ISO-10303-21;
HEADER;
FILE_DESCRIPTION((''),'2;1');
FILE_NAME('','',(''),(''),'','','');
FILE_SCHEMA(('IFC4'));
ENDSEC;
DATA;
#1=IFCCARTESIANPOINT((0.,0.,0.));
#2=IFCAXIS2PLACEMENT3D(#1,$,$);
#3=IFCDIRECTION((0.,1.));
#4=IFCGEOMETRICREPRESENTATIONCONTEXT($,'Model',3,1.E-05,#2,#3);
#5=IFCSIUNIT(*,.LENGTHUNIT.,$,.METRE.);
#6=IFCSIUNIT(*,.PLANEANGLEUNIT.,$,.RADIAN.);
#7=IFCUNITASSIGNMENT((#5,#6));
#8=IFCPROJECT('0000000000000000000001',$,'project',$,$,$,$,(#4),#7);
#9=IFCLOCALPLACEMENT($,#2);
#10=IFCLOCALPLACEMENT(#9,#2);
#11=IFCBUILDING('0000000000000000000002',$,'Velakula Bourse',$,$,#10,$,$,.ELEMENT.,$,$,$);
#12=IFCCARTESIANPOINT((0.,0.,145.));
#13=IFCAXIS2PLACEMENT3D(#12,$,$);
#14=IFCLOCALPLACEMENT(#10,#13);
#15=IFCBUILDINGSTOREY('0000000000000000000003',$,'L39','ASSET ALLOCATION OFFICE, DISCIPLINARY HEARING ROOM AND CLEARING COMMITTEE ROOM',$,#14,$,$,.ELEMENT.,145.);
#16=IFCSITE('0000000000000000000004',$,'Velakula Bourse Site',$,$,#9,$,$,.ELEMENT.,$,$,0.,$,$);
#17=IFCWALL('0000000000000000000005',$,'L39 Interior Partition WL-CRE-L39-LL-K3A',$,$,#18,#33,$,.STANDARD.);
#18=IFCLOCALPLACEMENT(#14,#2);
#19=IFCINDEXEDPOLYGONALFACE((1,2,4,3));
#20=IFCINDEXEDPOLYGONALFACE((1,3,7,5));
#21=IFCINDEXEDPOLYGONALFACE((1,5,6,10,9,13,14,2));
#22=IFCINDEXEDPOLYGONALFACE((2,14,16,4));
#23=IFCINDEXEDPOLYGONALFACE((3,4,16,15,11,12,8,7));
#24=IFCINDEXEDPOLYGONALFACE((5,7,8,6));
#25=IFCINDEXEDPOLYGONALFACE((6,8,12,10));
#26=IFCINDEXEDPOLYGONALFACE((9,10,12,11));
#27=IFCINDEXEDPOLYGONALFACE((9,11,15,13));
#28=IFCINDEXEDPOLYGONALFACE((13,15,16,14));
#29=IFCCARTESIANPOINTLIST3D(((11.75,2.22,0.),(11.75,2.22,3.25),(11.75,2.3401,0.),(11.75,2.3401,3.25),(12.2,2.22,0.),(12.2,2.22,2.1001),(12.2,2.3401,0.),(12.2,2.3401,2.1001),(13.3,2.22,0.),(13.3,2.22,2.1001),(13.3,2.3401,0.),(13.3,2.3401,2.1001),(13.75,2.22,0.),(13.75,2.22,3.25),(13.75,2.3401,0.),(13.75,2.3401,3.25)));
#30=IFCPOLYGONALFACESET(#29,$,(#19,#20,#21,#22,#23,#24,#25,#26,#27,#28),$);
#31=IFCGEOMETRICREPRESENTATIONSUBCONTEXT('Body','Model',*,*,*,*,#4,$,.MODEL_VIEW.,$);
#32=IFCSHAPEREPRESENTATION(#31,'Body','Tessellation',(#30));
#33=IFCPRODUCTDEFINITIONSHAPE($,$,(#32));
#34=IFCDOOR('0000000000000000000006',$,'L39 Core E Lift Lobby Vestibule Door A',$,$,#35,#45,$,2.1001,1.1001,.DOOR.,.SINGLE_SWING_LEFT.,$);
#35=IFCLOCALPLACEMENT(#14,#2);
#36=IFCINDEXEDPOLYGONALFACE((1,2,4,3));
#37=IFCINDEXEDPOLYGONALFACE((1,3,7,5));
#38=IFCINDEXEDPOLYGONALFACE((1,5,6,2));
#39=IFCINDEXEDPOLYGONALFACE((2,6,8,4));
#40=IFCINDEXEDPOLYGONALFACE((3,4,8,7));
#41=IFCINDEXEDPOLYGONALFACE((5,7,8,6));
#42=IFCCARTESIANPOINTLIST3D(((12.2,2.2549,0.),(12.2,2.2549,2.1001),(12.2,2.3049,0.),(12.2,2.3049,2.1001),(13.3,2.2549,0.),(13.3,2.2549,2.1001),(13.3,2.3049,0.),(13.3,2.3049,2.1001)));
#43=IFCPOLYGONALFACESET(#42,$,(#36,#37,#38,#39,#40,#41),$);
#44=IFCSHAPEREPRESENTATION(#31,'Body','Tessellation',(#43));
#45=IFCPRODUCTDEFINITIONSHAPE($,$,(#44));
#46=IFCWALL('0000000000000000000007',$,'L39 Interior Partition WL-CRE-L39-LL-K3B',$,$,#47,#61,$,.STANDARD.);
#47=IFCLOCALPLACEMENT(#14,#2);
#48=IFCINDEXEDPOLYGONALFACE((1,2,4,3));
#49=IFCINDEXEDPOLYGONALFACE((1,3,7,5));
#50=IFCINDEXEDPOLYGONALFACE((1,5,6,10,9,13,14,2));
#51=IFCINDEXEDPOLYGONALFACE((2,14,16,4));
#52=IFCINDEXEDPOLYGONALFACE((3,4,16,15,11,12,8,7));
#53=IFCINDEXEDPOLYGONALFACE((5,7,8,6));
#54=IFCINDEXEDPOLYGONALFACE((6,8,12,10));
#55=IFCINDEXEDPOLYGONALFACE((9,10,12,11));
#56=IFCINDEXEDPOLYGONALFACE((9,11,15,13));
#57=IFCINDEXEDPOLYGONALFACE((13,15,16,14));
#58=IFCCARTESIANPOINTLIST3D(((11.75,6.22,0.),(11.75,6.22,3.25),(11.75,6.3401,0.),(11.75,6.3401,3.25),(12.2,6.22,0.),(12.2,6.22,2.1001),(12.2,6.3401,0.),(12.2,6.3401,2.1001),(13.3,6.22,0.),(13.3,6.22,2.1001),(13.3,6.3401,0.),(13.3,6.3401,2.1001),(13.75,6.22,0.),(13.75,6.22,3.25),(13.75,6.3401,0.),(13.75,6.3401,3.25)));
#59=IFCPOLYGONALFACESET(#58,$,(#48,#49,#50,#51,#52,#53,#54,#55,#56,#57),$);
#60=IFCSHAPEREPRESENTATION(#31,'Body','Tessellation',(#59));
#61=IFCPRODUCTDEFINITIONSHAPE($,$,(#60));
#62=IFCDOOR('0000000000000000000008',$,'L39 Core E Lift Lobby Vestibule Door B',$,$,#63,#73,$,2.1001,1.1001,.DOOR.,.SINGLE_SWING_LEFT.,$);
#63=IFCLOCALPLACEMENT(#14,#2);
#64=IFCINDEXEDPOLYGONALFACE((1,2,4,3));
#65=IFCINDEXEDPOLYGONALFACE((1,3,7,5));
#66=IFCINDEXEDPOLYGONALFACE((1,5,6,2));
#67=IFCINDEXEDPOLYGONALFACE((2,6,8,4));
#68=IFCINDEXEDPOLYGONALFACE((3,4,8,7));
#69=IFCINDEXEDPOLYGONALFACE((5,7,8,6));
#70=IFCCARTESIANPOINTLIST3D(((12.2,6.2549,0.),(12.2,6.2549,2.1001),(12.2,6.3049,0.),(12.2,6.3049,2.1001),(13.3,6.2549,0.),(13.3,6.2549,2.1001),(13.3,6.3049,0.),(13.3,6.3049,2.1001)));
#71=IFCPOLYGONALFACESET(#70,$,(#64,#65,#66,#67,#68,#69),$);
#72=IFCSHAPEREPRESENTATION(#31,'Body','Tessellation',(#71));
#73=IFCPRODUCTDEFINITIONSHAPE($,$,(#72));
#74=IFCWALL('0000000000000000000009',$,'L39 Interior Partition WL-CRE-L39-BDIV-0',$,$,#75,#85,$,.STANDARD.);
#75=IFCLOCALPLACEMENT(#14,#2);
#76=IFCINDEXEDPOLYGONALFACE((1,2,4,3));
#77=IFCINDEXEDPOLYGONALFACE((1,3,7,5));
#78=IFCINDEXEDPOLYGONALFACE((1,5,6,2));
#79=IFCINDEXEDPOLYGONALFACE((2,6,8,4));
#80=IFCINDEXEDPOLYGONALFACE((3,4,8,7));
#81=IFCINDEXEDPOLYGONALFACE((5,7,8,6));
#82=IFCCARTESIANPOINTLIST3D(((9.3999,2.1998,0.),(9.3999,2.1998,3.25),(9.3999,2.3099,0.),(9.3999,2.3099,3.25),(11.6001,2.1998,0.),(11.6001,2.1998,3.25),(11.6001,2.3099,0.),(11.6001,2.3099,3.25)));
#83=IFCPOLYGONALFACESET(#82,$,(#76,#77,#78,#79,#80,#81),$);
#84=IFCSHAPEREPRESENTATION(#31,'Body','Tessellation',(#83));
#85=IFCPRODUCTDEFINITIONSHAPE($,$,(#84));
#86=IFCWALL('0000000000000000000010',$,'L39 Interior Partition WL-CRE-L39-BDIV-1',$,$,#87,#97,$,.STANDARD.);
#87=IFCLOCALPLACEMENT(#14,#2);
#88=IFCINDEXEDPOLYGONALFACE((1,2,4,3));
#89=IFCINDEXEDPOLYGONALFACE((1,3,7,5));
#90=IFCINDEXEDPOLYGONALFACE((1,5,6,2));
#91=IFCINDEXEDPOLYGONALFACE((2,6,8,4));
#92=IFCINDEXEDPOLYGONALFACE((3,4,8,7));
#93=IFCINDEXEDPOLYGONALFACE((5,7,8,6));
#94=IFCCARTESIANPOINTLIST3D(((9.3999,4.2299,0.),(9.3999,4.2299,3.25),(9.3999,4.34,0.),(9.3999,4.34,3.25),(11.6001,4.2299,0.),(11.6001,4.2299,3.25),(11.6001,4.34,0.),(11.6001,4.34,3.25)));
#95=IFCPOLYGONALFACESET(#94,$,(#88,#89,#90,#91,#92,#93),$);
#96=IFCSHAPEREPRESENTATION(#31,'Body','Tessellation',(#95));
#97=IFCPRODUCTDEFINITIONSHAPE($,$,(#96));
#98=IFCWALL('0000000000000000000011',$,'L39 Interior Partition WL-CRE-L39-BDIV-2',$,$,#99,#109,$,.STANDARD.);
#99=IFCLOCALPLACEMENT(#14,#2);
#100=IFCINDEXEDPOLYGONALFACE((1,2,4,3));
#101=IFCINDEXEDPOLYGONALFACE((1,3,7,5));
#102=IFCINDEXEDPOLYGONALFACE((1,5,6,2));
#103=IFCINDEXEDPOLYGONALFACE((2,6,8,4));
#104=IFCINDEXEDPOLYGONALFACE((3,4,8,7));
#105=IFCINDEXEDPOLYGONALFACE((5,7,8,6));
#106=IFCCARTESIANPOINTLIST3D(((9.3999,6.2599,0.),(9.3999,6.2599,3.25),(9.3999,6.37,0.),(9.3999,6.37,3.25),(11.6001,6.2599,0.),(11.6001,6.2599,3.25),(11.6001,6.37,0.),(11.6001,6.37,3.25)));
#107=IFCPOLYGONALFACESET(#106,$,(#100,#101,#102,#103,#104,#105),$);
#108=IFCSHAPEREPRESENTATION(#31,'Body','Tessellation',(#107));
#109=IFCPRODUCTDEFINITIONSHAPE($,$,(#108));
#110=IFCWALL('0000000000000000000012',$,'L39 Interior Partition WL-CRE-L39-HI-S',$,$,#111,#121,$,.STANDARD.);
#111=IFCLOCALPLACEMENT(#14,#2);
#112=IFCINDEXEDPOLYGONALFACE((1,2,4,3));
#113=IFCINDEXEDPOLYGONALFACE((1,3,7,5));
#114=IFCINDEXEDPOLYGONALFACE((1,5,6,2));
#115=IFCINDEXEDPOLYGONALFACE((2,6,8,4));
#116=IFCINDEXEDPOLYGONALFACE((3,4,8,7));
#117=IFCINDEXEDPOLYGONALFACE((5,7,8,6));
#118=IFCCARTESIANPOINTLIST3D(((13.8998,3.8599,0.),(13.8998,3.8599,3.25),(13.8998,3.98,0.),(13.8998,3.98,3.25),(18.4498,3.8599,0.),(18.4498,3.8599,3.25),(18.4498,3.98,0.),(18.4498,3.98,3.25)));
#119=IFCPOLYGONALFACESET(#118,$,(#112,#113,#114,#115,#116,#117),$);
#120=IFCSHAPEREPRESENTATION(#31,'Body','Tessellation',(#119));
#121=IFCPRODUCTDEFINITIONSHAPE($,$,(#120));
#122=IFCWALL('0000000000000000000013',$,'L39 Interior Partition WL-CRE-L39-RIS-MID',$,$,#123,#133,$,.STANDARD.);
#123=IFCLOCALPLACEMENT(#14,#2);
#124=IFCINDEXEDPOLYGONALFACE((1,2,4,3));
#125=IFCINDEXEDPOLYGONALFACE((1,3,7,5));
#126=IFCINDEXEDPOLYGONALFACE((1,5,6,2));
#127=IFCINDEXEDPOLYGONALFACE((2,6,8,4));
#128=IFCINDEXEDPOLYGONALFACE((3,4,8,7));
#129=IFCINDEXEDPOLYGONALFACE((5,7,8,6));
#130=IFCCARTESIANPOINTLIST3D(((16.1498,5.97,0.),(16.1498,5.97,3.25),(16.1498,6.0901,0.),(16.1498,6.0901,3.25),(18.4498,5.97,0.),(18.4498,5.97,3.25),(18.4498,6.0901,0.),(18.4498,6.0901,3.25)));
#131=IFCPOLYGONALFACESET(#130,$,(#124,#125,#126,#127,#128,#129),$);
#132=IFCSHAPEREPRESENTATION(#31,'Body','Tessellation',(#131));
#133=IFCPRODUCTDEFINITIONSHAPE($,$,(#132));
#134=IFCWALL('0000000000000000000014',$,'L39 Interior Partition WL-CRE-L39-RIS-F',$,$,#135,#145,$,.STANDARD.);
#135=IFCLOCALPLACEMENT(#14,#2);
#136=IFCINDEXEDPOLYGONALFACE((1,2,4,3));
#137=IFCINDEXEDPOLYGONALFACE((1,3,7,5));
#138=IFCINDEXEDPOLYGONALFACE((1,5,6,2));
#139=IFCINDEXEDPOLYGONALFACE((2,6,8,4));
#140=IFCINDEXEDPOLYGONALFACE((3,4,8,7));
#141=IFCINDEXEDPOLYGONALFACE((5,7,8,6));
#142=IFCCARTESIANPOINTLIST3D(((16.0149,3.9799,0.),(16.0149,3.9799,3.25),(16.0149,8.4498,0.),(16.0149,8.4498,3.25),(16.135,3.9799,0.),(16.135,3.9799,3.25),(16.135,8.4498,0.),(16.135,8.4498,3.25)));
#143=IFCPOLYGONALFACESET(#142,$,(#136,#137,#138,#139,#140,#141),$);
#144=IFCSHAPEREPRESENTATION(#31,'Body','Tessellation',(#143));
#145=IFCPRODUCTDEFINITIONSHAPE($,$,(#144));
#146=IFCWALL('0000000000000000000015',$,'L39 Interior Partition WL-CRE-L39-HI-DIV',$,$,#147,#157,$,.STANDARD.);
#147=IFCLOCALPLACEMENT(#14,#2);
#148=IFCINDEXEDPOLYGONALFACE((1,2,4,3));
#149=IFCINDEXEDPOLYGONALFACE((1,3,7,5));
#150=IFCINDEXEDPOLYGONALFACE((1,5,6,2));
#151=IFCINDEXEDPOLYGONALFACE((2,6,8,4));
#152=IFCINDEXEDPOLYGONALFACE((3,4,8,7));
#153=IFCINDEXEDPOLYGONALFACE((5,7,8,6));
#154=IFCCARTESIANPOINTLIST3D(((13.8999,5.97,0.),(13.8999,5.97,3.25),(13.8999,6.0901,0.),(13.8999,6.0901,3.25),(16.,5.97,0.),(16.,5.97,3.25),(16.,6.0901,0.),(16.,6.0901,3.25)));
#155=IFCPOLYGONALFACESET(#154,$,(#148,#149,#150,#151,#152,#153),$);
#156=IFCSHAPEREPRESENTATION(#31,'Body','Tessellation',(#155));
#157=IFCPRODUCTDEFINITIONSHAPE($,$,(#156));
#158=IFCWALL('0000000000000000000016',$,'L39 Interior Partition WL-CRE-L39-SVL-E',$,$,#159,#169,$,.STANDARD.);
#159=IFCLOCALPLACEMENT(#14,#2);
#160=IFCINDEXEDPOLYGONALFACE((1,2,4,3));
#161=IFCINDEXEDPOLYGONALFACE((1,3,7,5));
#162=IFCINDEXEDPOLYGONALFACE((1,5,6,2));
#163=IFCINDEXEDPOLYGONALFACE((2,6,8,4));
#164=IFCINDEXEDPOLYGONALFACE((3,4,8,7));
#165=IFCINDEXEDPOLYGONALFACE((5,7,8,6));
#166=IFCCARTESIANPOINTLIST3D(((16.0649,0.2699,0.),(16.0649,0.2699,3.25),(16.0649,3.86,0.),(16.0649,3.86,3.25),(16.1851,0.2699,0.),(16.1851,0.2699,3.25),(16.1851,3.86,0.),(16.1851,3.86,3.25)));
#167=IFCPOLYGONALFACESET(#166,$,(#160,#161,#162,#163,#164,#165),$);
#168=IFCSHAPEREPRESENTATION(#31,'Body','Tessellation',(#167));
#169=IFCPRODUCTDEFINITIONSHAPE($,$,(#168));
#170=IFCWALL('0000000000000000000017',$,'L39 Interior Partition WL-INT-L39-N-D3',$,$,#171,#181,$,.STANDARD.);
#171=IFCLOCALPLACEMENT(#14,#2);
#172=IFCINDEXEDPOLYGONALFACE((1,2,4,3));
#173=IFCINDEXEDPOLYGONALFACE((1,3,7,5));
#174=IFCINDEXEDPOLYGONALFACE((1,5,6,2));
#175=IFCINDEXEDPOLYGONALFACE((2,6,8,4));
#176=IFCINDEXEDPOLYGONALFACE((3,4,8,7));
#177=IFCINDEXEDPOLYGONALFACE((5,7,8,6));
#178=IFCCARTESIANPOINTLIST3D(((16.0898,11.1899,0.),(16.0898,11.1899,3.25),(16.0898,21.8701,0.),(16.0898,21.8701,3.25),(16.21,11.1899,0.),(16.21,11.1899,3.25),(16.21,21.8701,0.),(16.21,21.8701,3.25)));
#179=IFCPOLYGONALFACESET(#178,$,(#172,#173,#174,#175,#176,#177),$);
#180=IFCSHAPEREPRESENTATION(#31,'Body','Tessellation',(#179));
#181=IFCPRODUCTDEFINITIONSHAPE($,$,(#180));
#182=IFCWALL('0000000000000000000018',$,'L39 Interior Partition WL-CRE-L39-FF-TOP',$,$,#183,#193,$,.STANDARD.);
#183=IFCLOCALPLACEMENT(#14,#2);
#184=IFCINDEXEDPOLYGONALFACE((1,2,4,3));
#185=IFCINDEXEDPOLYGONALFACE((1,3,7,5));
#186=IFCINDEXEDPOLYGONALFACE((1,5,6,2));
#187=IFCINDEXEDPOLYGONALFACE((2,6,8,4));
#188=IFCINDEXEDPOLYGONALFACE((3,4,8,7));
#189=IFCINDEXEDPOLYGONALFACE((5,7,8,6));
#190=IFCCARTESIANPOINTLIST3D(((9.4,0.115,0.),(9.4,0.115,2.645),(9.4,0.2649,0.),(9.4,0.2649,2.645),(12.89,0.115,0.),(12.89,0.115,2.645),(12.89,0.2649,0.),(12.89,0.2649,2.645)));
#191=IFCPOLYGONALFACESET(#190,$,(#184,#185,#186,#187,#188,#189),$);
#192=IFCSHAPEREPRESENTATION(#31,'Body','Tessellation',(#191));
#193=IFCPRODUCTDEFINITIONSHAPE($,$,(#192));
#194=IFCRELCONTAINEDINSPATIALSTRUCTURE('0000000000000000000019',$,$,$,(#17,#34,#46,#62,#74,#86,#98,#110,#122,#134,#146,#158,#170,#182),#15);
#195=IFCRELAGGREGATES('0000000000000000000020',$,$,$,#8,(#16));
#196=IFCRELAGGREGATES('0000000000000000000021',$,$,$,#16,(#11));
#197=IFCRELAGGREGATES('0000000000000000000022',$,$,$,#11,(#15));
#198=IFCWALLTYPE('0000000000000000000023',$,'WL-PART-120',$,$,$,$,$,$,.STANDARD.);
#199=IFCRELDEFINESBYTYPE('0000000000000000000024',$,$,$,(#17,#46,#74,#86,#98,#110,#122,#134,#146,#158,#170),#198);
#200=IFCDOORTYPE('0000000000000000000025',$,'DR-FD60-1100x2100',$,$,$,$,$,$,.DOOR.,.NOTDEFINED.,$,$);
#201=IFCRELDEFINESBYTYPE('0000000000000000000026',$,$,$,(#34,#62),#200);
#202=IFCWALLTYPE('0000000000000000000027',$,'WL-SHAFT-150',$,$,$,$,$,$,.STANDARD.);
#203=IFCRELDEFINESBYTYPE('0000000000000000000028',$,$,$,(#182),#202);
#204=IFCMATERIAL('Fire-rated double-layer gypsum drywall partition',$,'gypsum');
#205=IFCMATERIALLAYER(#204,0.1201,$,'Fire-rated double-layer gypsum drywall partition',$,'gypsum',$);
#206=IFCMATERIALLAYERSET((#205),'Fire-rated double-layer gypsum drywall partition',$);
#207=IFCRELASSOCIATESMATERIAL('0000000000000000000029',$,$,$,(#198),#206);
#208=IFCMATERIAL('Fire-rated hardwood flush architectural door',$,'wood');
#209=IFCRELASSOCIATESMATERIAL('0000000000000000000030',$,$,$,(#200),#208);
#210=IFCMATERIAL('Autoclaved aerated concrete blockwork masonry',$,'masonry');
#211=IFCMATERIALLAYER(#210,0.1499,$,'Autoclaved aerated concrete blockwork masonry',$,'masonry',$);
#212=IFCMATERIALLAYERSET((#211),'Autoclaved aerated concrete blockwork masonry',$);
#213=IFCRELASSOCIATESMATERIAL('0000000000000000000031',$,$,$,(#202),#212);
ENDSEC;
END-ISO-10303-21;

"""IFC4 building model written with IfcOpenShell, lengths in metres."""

from ifc_helpers import new_model, si_unit, direction, frame, frame_2d, origin, place, context, subcontext, project, spatial, rectangle, extrude, material, layer, layer_set, type_object, element, fill, save


model = new_model("IFC4")

# Units and contexts
model_context = context("Model", 3, precision=1e-05, world=origin(), true_north=direction((0.0, 1.0)))
body_context = subcontext(model_context, "Body", "Model", "MODEL_VIEW")
ifc_project = project(units=[si_unit("LENGTHUNIT", "METRE"), si_unit("PLANEANGLEUNIT", "RADIAN")], contexts=[model_context])

# Site, building, storey
site_placement = place(None, origin())
site = spatial("IfcSite", under=ifc_project, at=site_placement, Name="Velakula Bourse Site", CompositionType="ELEMENT", RefElevation=0.0)
building_placement = place(site_placement, origin())
building = spatial("IfcBuilding", under=site, at=building_placement, Name="Velakula Bourse", CompositionType="ELEMENT")
storey_placement = place(building_placement, frame((0.0, 0.0, 145.0)))
storey = spatial("IfcBuildingStorey", under=building, at=storey_placement, Name="L39", Description="ASSET ALLOCATION OFFICE, DISCIPLINARY HEARING ROOM AND CLEARING COMMITTEE ROOM", CompositionType="ELEMENT", Elevation=145.0)

# Walls, openings, doors
ifc_material_1 = material(Name="Fire-rated double-layer gypsum drywall partition", Category="gypsum")
ifc_layer_1 = layer(ifc_material_1, 0.1201, Name="Fire-rated double-layer gypsum drywall partition", Category="gypsum")
ifc_layer_set_1 = layer_set([ifc_layer_1], Name="Fire-rated double-layer gypsum drywall partition")
wall_type_1 = type_object("IfcWallType", Name="WL-PART-120", PredefinedType="STANDARD", material=ifc_layer_set_1)
wall_1_placement = place(storey_placement, frame((11.75, 2.28, 0.0), z_axis=(0.0, 0.0, 1.0), x_axis=(1.0, 0.0, 0.0)))
wall_1 = element("IfcWall", 1, at=wall_1_placement, inside=storey, type_object=wall_type_1, Name="L39 Interior Partition WL-CRE-L39-LL-K3A", PredefinedType="STANDARD", context=body_context, shape_type="SweptSolid", body=[
    extrude(rectangle(XDim=2.0, YDim=0.1201, at=frame_2d((1.0, 0.0))), origin(), (0.0, 0.0, 1.0), 3.25),
])
opening_1_placement = place(wall_1_placement, frame((0.45, 0.0, 0.0)))
opening_1 = element("IfcOpeningElement", 2, at=opening_1_placement, cuts=wall_1, PredefinedType="OPENING", context=body_context, shape_type="SweptSolid", body=[
    extrude(rectangle(XDim=1.1001, YDim=2.1001, at=frame_2d((0.55, 1.05))), frame((0.0, 0.0701, 0.0), z_axis=(0.0, -1.0, 0.0), x_axis=(1.0, 0.0, 0.0)), (0.0, 0.0, 1.0), 0.1401),
])
ifc_material_2 = material(Name="Fire-rated hardwood flush architectural door", Category="wood")
door_type_1 = type_object("IfcDoorType", Name="DR-FD60-1100x2100", OperationType="NOTDEFINED", PredefinedType="DOOR", material=ifc_material_2)
door_1_placement = place(opening_1_placement, origin())
door_1 = element("IfcDoor", 3, at=door_1_placement, inside=storey, type_object=door_type_1, Name="L39 Core E Lift Lobby Vestibule Door A", OperationType="SINGLE_SWING_LEFT", OverallHeight=2.1001, OverallWidth=1.1001, PredefinedType="DOOR", context=body_context, shape_type="SweptSolid", body=[
    extrude(rectangle(XDim=1.1001, YDim=2.1001, at=frame_2d((0.55, 1.05))), frame((0.0, 0.0249, 0.0), z_axis=(0.0, -1.0, 0.0), x_axis=(1.0, 0.0, 0.0)), (0.0, 0.0, 1.0), 0.05),
])
fill(opening_1, door_1)
wall_2_placement = place(storey_placement, frame((11.75, 6.28, 0.0), z_axis=(0.0, 0.0, 1.0), x_axis=(1.0, 0.0, 0.0)))
wall_2 = element("IfcWall", 4, at=wall_2_placement, inside=storey, type_object=wall_type_1, Name="L39 Interior Partition WL-CRE-L39-LL-K3B", PredefinedType="STANDARD", context=body_context, shape_type="SweptSolid", body=[
    extrude(rectangle(XDim=2.0, YDim=0.1201, at=frame_2d((1.0, 0.0))), origin(), (0.0, 0.0, 1.0), 3.25),
])
opening_2_placement = place(wall_2_placement, frame((0.45, 0.0, 0.0)))
opening_2 = element("IfcOpeningElement", 5, at=opening_2_placement, cuts=wall_2, PredefinedType="OPENING", context=body_context, shape_type="SweptSolid", body=[
    extrude(rectangle(XDim=1.1001, YDim=2.1001, at=frame_2d((0.55, 1.05))), frame((0.0, 0.0701, 0.0), z_axis=(0.0, -1.0, 0.0), x_axis=(1.0, 0.0, 0.0)), (0.0, 0.0, 1.0), 0.1401),
])
door_2_placement = place(opening_2_placement, origin())
door_2 = element("IfcDoor", 6, at=door_2_placement, inside=storey, type_object=door_type_1, Name="L39 Core E Lift Lobby Vestibule Door B", OperationType="SINGLE_SWING_LEFT", OverallHeight=2.1001, OverallWidth=1.1001, PredefinedType="DOOR", context=body_context, shape_type="SweptSolid", body=[
    extrude(rectangle(XDim=1.1001, YDim=2.1001, at=frame_2d((0.55, 1.05))), frame((0.0, 0.0249, 0.0), z_axis=(0.0, -1.0, 0.0), x_axis=(1.0, 0.0, 0.0)), (0.0, 0.0, 1.0), 0.05),
])
fill(opening_2, door_2)

# Walls
for number, where, z_axis, x_axis, name in (
    (7, (9.3999, 2.2549, 0.0), (0.0, 0.0, 1.0), (1.0, 0.0, 0.0), "L39 Interior Partition WL-CRE-L39-BDIV-0"),
    (8, (9.3999, 4.2849, 0.0), (0.0, 0.0, 1.0), (1.0, 0.0, 0.0), "L39 Interior Partition WL-CRE-L39-BDIV-1"),
    (9, (9.3999, 6.3149, 0.0), (0.0, 0.0, 1.0), (1.0, 0.0, 0.0), "L39 Interior Partition WL-CRE-L39-BDIV-2"),
):
    element("IfcWall", number, at=place(storey_placement, frame(where, z_axis=z_axis, x_axis=x_axis)), inside=storey, type_object=wall_type_1, Name=name, PredefinedType="STANDARD", context=body_context, shape_type="SweptSolid", body=[
        extrude(rectangle(XDim=2.2002, YDim=0.1101, at=frame_2d((1.1001, 0.0))), origin(), (0.0, 0.0, 1.0), 3.25),
    ])
wall_3_placement = place(storey_placement, frame((13.8999, 3.9199, 0.0), z_axis=(0.0, 0.0, 1.0), x_axis=(1.0, 0.0, 0.0)))
element("IfcWall", 10, at=wall_3_placement, inside=storey, type_object=wall_type_1, Name="L39 Interior Partition WL-CRE-L39-HI-S", PredefinedType="STANDARD", context=body_context, shape_type="SweptSolid", body=[
    extrude(rectangle(XDim=4.55, YDim=0.1201, at=frame_2d((2.2749, 0.0))), origin(), (0.0, 0.0, 1.0), 3.25),
])
wall_4_placement = place(storey_placement, frame((16.1499, 6.03, 0.0), z_axis=(0.0, 0.0, 1.0), x_axis=(1.0, 0.0, 0.0)))
element("IfcWall", 11, at=wall_4_placement, inside=storey, type_object=wall_type_1, Name="L39 Interior Partition WL-CRE-L39-RIS-MID", PredefinedType="STANDARD", context=body_context, shape_type="SweptSolid", body=[
    extrude(rectangle(XDim=2.3, YDim=0.1201, at=frame_2d((1.1499, 0.0))), origin(), (0.0, 0.0, 1.0), 3.25),
])
wall_5_placement = place(storey_placement, frame((16.075, 3.98, 0.0), z_axis=(0.0, 0.0, 1.0), x_axis=(0.0, 1.0, 0.0)))
element("IfcWall", 12, at=wall_5_placement, inside=storey, type_object=wall_type_1, Name="L39 Interior Partition WL-CRE-L39-RIS-F", PredefinedType="STANDARD", context=body_context, shape_type="SweptSolid", body=[
    extrude(rectangle(XDim=4.47, YDim=0.1201, at=frame_2d((2.2349, 0.0))), origin(), (0.0, 0.0, 1.0), 3.25),
])
wall_6_placement = place(storey_placement, frame((13.8999, 6.03, 0.0), z_axis=(0.0, 0.0, 1.0), x_axis=(1.0, 0.0, 0.0)))
element("IfcWall", 13, at=wall_6_placement, inside=storey, type_object=wall_type_1, Name="L39 Interior Partition WL-CRE-L39-HI-DIV", PredefinedType="STANDARD", context=body_context, shape_type="SweptSolid", body=[
    extrude(rectangle(XDim=2.1001, YDim=0.1201, at=frame_2d((1.05, 0.0))), origin(), (0.0, 0.0, 1.0), 3.25),
])
wall_7_placement = place(storey_placement, frame((16.125, 0.27, 0.0), z_axis=(0.0, 0.0, 1.0), x_axis=(0.0, 1.0, 0.0)))
element("IfcWall", 14, at=wall_7_placement, inside=storey, type_object=wall_type_1, Name="L39 Interior Partition WL-CRE-L39-SVL-E", PredefinedType="STANDARD", context=body_context, shape_type="SweptSolid", body=[
    extrude(rectangle(XDim=3.5901, YDim=0.1201, at=frame_2d((1.7949, 0.0))), origin(), (0.0, 0.0, 1.0), 3.25),
])
wall_8_placement = place(storey_placement, frame((16.1499, 11.1899, 0.0), z_axis=(0.0, 0.0, 1.0), x_axis=(0.0, 1.0, 0.0)))
element("IfcWall", 15, at=wall_8_placement, inside=storey, type_object=wall_type_1, Name="L39 Interior Partition WL-INT-L39-N-D3", PredefinedType="STANDARD", context=body_context, shape_type="SweptSolid", body=[
    extrude(rectangle(XDim=10.6802, YDim=0.1201, at=frame_2d((5.3401, 0.0))), origin(), (0.0, 0.0, 1.0), 3.25),
])
ifc_material_3 = material(Name="Autoclaved aerated concrete blockwork masonry", Category="masonry")
ifc_layer_2 = layer(ifc_material_3, 0.1499, Name="Autoclaved aerated concrete blockwork masonry", Category="masonry")
ifc_layer_set_2 = layer_set([ifc_layer_2], Name="Autoclaved aerated concrete blockwork masonry")
wall_type_2 = type_object("IfcWallType", Name="WL-SHAFT-150", PredefinedType="STANDARD", material=ifc_layer_set_2)
wall_9_placement = place(storey_placement, frame((9.3999, 0.1899, 0.0), z_axis=(0.0, 0.0, 1.0), x_axis=(1.0, 0.0, 0.0)))
element("IfcWall", 16, at=wall_9_placement, inside=storey, type_object=wall_type_2, Name="L39 Interior Partition WL-CRE-L39-FF-TOP", PredefinedType="STANDARD", context=body_context, shape_type="SweptSolid", body=[
    extrude(rectangle(XDim=3.49, YDim=0.1499, at=frame_2d((1.7451, 0.0))), origin(), (0.0, 0.0, 1.0), 2.645),
])

save(model, "model.ifc")
